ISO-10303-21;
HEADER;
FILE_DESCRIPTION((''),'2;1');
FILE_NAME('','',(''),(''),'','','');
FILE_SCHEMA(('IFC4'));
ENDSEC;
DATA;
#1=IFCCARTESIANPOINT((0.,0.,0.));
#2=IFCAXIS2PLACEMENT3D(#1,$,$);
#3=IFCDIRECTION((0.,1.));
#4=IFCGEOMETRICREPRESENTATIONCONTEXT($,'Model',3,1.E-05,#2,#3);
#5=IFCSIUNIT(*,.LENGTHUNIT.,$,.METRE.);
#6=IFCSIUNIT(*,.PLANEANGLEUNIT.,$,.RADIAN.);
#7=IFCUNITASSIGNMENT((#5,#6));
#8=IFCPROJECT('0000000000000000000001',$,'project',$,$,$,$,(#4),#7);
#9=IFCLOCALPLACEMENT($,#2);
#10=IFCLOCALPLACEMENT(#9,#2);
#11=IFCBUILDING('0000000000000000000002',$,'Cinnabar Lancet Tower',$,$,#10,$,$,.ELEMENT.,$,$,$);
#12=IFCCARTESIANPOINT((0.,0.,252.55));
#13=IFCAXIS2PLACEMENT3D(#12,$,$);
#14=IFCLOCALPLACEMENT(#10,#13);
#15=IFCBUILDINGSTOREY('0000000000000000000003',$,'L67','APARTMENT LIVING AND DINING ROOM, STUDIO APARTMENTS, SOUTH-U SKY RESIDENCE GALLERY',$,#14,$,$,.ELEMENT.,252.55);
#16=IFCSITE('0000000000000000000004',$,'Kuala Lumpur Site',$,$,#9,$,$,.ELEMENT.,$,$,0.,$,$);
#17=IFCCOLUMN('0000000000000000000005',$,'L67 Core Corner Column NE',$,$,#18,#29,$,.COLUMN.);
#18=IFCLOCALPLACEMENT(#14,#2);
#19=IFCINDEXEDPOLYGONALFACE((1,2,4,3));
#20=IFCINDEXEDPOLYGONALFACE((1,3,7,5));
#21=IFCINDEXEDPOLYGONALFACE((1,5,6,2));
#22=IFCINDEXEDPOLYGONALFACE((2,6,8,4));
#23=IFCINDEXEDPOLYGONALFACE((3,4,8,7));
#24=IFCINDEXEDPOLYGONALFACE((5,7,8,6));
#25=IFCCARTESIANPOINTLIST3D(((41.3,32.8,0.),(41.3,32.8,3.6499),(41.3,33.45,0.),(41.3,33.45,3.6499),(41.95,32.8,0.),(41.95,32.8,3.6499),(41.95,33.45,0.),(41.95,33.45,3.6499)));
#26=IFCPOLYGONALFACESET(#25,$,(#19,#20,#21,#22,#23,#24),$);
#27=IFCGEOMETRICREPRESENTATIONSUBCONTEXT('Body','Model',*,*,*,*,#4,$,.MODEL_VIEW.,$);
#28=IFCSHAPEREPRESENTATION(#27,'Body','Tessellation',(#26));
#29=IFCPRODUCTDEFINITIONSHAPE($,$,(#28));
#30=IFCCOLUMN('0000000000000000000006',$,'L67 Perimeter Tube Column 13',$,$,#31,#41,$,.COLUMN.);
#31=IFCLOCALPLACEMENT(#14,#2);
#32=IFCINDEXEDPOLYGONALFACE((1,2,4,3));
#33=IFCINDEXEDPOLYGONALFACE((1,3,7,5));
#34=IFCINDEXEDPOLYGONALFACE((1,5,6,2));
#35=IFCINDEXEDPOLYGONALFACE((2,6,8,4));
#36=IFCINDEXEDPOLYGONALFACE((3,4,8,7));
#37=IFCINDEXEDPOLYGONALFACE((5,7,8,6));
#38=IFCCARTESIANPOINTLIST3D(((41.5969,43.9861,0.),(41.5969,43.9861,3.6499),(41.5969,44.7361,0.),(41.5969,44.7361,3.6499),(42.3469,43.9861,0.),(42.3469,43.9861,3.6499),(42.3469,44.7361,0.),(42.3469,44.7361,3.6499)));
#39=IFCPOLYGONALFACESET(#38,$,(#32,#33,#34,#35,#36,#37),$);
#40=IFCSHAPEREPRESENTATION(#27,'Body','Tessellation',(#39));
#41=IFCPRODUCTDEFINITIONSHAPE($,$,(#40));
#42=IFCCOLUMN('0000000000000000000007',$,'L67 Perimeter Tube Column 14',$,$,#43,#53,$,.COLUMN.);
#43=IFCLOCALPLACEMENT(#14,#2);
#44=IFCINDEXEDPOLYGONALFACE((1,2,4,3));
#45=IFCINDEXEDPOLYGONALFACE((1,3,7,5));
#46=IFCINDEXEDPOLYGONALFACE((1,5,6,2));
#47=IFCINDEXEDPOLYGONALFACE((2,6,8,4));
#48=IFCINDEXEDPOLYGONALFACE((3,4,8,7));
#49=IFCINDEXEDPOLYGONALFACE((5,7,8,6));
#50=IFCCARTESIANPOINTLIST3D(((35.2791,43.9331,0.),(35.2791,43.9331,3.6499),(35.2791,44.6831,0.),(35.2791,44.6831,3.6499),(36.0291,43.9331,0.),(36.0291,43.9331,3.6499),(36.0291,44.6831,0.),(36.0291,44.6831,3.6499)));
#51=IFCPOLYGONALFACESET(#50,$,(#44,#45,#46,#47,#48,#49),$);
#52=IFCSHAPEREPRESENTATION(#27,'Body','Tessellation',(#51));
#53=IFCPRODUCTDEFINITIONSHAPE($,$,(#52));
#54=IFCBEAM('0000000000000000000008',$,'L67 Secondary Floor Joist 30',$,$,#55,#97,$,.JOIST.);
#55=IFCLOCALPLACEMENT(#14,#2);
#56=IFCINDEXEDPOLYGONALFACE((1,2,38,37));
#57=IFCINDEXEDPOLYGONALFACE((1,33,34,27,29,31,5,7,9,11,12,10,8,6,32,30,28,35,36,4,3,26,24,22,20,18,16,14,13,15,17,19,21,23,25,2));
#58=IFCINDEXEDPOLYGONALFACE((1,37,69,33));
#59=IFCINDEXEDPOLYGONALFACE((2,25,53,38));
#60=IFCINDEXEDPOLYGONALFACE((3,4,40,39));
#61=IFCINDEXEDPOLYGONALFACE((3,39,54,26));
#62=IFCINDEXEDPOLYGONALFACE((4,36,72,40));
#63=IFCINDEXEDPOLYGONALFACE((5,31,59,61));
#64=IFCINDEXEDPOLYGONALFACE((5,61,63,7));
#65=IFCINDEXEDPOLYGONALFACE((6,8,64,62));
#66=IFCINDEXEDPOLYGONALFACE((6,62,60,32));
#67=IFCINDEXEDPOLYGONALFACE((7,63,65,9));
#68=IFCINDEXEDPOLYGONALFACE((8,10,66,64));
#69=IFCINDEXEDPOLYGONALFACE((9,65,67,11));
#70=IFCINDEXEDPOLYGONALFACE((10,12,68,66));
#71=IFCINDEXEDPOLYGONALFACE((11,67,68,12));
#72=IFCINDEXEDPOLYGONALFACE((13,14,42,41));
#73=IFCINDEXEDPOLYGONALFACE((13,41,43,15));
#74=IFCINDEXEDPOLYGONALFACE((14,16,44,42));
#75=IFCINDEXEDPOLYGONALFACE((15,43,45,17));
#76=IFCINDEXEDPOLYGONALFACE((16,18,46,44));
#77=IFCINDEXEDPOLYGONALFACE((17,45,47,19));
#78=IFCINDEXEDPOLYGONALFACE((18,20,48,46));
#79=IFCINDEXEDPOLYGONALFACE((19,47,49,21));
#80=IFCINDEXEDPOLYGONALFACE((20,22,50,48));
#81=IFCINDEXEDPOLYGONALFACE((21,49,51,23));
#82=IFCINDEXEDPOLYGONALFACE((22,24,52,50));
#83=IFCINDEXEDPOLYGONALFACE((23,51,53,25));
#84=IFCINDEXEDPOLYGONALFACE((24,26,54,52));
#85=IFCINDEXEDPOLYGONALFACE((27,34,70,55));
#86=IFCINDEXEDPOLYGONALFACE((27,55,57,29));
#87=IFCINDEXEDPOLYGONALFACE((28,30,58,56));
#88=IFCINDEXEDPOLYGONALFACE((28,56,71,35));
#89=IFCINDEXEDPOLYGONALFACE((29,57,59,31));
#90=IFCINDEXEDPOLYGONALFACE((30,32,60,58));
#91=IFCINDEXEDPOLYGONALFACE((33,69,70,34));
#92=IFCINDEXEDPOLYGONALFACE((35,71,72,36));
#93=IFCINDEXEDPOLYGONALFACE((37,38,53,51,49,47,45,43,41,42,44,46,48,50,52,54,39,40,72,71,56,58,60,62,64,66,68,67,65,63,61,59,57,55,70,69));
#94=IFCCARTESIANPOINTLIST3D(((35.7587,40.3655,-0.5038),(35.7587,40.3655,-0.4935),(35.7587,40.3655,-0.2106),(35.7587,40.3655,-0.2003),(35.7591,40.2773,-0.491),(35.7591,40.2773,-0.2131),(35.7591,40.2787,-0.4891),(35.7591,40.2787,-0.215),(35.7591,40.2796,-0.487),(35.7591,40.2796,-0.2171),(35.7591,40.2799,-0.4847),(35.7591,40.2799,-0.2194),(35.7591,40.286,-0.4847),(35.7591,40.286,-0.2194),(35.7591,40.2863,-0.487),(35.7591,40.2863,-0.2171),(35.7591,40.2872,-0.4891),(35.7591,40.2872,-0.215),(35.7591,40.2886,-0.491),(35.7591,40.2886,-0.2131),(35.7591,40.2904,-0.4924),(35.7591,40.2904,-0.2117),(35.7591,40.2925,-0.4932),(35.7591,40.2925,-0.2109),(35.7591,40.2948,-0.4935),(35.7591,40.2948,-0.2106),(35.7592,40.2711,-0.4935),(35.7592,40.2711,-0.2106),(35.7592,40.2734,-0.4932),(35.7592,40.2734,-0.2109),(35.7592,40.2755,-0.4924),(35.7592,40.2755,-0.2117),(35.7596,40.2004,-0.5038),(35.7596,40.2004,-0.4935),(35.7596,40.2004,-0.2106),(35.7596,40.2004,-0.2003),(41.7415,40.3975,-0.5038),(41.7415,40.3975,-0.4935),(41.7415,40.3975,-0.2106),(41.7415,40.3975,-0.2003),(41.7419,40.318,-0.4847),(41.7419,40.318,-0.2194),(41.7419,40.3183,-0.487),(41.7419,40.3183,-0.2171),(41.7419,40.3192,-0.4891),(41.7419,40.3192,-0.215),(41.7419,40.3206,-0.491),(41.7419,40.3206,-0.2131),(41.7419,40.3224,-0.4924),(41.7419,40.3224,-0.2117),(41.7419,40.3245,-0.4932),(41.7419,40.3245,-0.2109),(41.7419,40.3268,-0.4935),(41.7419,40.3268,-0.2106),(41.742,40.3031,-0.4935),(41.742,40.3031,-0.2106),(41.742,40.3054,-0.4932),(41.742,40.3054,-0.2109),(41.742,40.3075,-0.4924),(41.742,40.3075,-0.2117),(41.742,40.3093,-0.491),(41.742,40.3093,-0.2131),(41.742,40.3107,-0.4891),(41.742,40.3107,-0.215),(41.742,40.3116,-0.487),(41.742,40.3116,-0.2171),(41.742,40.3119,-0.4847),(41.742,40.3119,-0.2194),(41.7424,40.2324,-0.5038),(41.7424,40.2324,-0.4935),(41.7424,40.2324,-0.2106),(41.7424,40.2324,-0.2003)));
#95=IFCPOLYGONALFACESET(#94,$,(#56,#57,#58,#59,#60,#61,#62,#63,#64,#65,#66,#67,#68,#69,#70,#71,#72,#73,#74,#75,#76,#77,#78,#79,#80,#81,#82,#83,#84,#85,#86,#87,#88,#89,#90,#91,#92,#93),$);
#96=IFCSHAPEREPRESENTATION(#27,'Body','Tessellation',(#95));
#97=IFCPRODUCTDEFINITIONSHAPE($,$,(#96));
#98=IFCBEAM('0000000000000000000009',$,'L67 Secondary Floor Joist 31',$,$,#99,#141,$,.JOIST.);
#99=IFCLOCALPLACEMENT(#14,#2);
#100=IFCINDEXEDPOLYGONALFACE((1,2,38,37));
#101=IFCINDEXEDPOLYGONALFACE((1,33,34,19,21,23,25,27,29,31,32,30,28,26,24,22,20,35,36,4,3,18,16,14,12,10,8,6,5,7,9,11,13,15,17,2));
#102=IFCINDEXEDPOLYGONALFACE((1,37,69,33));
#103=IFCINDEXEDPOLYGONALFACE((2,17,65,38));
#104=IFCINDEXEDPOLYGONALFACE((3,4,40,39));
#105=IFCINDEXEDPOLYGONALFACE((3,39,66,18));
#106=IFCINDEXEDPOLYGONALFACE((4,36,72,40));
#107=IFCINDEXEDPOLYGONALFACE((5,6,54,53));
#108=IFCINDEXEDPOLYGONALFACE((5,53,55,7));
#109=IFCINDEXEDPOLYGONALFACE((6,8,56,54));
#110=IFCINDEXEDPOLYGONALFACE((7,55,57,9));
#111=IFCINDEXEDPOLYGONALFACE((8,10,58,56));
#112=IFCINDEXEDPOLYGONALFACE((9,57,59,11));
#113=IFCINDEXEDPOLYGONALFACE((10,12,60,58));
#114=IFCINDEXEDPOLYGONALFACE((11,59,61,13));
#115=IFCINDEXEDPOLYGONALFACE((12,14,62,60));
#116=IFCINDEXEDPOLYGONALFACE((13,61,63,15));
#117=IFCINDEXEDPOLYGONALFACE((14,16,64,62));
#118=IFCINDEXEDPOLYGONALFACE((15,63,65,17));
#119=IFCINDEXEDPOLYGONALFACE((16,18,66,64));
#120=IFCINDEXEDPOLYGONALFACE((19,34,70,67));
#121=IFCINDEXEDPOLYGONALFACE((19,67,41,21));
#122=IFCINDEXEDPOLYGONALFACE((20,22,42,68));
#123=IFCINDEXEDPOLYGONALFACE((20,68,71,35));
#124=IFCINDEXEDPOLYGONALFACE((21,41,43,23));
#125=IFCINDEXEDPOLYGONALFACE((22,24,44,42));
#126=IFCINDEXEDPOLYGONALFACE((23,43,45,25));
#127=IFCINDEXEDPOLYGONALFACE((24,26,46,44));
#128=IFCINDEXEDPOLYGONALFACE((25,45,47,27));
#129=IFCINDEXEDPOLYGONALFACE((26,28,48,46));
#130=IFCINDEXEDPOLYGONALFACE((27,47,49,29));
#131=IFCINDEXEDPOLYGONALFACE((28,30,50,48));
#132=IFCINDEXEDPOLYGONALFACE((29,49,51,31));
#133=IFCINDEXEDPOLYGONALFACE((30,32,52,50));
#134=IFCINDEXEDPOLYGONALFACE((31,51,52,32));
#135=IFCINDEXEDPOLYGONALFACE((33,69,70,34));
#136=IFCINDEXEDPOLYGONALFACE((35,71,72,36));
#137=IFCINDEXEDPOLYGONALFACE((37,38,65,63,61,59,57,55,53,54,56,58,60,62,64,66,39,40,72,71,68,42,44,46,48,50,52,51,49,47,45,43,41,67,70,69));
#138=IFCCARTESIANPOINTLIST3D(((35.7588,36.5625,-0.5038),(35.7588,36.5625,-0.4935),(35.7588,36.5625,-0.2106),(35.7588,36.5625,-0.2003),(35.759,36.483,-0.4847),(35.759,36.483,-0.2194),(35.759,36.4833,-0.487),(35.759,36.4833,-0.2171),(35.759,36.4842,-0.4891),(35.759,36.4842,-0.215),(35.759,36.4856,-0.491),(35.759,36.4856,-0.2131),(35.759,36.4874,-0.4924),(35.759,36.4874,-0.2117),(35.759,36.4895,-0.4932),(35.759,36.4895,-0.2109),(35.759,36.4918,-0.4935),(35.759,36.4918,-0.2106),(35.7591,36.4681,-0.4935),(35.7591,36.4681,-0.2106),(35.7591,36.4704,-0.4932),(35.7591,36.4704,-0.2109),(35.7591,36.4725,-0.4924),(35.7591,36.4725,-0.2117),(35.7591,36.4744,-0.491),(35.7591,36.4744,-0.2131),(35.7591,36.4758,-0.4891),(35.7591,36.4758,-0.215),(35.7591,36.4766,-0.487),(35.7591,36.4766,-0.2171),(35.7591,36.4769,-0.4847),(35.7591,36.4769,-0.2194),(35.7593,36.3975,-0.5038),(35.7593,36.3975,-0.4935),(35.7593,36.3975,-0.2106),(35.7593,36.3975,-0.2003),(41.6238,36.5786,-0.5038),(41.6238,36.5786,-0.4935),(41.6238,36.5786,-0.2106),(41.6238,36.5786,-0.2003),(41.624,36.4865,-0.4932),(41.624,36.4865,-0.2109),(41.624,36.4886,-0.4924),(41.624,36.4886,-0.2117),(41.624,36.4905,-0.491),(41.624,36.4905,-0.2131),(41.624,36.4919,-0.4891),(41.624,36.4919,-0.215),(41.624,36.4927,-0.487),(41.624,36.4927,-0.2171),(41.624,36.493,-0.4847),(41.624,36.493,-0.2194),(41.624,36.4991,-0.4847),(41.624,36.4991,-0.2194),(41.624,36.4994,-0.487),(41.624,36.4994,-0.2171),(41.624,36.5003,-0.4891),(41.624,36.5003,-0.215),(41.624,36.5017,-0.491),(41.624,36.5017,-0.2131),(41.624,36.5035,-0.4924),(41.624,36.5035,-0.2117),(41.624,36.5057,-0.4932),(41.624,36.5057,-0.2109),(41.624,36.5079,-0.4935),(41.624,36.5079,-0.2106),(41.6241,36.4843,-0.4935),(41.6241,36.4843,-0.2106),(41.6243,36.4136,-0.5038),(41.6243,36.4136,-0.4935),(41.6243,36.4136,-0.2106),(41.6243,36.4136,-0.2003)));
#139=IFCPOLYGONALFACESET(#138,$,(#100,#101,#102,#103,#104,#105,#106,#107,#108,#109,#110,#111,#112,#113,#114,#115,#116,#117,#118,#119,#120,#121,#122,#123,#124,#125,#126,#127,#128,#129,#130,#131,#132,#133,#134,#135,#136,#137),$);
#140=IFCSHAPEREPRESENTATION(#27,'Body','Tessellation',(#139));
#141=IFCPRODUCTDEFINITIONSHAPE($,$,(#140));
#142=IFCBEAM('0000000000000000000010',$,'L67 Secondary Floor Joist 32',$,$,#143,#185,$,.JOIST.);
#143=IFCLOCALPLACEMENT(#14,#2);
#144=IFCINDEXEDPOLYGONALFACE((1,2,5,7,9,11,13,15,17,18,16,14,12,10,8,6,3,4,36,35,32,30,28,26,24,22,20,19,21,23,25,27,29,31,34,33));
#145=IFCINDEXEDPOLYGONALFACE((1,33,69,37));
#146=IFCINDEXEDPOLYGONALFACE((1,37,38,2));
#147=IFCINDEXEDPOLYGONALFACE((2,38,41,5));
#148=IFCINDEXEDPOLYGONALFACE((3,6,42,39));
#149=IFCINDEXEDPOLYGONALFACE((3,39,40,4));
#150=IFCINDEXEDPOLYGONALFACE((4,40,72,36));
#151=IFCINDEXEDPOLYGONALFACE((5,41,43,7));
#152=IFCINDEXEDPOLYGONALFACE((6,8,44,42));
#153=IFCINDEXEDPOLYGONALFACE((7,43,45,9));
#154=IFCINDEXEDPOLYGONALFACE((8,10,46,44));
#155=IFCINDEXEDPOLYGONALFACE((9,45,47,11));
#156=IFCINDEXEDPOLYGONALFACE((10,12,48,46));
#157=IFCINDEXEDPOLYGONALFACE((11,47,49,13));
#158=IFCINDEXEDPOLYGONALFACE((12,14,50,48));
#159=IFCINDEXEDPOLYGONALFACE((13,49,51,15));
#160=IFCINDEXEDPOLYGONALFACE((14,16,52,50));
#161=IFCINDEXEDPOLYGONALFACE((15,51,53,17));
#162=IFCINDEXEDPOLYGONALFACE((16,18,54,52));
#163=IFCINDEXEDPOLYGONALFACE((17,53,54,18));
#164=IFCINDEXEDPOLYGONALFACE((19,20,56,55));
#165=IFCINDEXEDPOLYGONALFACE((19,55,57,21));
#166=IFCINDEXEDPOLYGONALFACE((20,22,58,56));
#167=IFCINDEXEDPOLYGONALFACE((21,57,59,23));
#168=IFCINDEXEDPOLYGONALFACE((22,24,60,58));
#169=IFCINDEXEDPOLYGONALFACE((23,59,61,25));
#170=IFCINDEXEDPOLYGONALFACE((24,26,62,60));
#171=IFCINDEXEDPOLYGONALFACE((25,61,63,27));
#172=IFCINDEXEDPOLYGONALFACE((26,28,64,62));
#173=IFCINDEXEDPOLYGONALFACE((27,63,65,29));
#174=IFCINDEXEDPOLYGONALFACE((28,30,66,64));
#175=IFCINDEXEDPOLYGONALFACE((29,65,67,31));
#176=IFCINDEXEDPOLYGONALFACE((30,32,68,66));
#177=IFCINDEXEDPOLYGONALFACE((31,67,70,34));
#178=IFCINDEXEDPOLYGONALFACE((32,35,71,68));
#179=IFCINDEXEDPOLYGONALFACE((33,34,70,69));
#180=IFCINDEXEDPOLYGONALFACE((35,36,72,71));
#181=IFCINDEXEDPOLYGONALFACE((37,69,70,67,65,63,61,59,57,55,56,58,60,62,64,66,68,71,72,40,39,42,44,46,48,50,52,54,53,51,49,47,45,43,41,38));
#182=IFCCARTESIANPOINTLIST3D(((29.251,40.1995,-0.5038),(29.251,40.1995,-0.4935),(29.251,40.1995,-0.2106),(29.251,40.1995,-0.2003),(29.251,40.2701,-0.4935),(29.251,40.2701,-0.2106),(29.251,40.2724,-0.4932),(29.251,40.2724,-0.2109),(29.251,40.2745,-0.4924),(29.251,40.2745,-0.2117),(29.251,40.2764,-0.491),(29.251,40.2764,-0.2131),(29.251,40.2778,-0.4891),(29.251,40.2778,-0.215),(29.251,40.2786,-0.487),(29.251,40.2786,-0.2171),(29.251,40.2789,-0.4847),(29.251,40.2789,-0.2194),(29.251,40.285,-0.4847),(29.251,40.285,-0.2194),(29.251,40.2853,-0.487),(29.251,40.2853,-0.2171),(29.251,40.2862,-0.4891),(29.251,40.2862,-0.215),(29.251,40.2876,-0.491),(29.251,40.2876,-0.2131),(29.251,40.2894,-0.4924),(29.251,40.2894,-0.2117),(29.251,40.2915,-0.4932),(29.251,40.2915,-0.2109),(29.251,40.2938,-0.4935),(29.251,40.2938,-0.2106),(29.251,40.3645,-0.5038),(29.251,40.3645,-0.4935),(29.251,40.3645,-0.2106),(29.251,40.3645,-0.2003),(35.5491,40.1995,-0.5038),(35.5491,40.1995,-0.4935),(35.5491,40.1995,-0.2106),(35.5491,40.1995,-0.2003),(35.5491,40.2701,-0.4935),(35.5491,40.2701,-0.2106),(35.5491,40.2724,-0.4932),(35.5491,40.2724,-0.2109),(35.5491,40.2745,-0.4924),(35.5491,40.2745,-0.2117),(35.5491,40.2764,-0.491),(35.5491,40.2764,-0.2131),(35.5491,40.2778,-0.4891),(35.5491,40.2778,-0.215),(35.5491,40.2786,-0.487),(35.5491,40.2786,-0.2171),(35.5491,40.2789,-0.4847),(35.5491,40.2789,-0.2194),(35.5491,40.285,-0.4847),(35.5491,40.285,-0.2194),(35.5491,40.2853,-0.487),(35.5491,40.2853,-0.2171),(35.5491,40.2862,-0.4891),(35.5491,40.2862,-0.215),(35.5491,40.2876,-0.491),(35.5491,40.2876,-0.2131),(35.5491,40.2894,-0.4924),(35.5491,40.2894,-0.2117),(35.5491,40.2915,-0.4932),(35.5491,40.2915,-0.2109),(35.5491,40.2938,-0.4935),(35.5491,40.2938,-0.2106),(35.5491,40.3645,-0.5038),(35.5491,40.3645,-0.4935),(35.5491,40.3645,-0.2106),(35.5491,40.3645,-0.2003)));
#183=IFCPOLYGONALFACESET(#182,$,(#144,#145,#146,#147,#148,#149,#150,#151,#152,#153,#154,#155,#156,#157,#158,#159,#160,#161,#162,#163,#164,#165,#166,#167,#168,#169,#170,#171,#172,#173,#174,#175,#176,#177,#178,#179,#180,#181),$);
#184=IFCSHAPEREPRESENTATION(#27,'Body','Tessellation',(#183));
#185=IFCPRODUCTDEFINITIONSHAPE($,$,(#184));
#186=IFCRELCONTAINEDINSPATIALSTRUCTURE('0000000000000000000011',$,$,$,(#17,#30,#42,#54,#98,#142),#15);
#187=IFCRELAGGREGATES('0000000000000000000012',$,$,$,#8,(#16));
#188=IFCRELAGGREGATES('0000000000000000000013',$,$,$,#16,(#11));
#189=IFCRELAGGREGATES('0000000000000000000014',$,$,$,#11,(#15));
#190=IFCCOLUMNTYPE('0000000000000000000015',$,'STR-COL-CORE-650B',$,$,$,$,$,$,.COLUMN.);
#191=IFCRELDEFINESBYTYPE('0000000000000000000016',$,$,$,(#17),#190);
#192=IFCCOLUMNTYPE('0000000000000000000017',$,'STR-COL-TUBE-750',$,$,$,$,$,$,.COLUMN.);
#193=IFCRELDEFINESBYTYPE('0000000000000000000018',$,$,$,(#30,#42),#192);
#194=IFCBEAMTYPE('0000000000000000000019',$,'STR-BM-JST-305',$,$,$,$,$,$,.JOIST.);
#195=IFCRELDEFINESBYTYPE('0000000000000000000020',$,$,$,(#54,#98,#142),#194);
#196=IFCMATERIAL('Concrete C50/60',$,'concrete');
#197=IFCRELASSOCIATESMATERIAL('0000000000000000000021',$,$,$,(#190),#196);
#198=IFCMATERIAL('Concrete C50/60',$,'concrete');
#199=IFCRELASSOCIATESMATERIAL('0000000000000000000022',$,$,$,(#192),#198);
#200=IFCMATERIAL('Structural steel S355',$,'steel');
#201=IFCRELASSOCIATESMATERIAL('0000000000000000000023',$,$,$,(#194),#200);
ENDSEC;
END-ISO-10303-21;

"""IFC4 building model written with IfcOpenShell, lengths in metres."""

from ifc_helpers import new_model, si_unit, direction, frame, origin, origin_2d, place, context, subcontext, project, spatial, rectangle, i_section, extrude, material, material_profile, profile_set, type_object, element, save


model = new_model("IFC4")

# Units and contexts
model_context = context("Model", 3, precision=1e-05, world=origin(), true_north=direction((0.0, 1.0)))
body_context = subcontext(model_context, "Body", "Model", "MODEL_VIEW")
ifc_project = project(units=[si_unit("LENGTHUNIT", "METRE"), si_unit("PLANEANGLEUNIT", "RADIAN")], contexts=[model_context])

# Site, building, storey
site_placement = place(None, origin())
site = spatial("IfcSite", under=ifc_project, at=site_placement, Name="Kuala Lumpur Site", CompositionType="ELEMENT", RefElevation=0.0)
building_placement = place(site_placement, origin())
building = spatial("IfcBuilding", under=site, at=building_placement, Name="Cinnabar Lancet Tower", CompositionType="ELEMENT")
storey_placement = place(building_placement, frame((0.0, 0.0, 252.55)))
storey = spatial("IfcBuildingStorey", under=building, at=storey_placement, Name="L67", Description="APARTMENT LIVING AND DINING ROOM, STUDIO APARTMENTS, SOUTH-U SKY RESIDENCE GALLERY", CompositionType="ELEMENT", Elevation=252.55)

# Columns
ifc_material_1 = material(Name="Concrete C50/60", Category="concrete")
ifc_material_profile_1 = material_profile(ifc_material_1, rectangle(XDim=0.6499, YDim=0.6499, at=origin_2d()), Name="RC-COL 650x650")
ifc_profile_set_1 = profile_set([ifc_material_profile_1], Name="Concrete C50/60")
column_type_1 = type_object("IfcColumnType", Name="STR-COL-CORE-650B", PredefinedType="COLUMN", material=ifc_profile_set_1)
column_placement = place(storey_placement, frame((41.625, 33.125, 0.0), z_axis=(0.0, 0.0, 1.0), x_axis=(1.0, 0.0, 0.0)))
element("IfcColumn", 1, at=column_placement, inside=storey, type_object=column_type_1, Name="L67 Core Corner Column NE", PredefinedType="COLUMN", context=body_context, shape_type="SweptSolid", body=[
    extrude(rectangle(XDim=0.6499, YDim=0.6499, at=origin_2d()), origin(), (0.0, 0.0, 1.0), 3.6499),
])
ifc_material_2 = material(Name="Concrete C50/60", Category="concrete")
ifc_material_profile_2 = material_profile(ifc_material_2, rectangle(XDim=0.75, YDim=0.75, at=origin_2d()), Name="RC-COL 750x750")
ifc_profile_set_2 = profile_set([ifc_material_profile_2], Name="Concrete C50/60")
column_type_2 = type_object("IfcColumnType", Name="STR-COL-TUBE-750", PredefinedType="COLUMN", material=ifc_profile_set_2)
for number, where, z_axis, x_axis, name in (
    (2, (41.9719, 44.3611, 0.0), (0.0, 0.0, 1.0), (1.0, 0.0, 0.0), "L67 Perimeter Tube Column 13"),
    (3, (35.6541, 44.3081, 0.0), (0.0, 0.0, 1.0), (1.0, 0.0, 0.0), "L67 Perimeter Tube Column 14"),
):
    element("IfcColumn", number, at=place(storey_placement, frame(where, z_axis=z_axis, x_axis=x_axis)), inside=storey, type_object=column_type_2, Name=name, PredefinedType="COLUMN", context=body_context, shape_type="SweptSolid", body=[
        extrude(rectangle(XDim=0.75, YDim=0.75, at=origin_2d()), origin(), (0.0, 0.0, 1.0), 3.6499),
    ])

# Beams
ifc_material_3 = material(Name="Structural steel S355", Category="steel")
ifc_material_profile_3 = material_profile(ifc_material_3, i_section(OverallWidth=0.165, OverallDepth=0.3035, WebThickness=0.0061, FlangeThickness=0.0103, FilletRadius=0.0088, at=origin_2d()), Name="UKB 305x165x40")
ifc_profile_set_3 = profile_set([ifc_material_profile_3], Name="Structural steel S355")
beam_type_1 = type_object("IfcBeamType", Name="STR-BM-JST-305", PredefinedType="JOIST", material=ifc_profile_set_3)
beam_1_placement = place(storey_placement, frame((41.7419, 40.3149, -0.3521), z_axis=(-0.999986, -0.005346, 0.0), x_axis=(0.005346, -0.999986, 0.0)))
element("IfcBeam", 4, at=beam_1_placement, inside=storey, type_object=beam_type_1, Name="L67 Secondary Floor Joist 30", PredefinedType="JOIST", context=body_context, shape_type="SweptSolid", body=[
    extrude(i_section(OverallWidth=0.165, OverallDepth=0.3035, WebThickness=0.0061, FlangeThickness=0.0103, FilletRadius=0.0088, at=origin_2d()), origin(), (0.0, 0.0, 1.0), 5.9829),
])
beam_2_placement = place(storey_placement, frame((41.624, 36.4961, -0.3521), z_axis=(-0.999996, -0.002747, 0.0), x_axis=(0.002747, -0.999996, 0.0)))
element("IfcBeam", 5, at=beam_2_placement, inside=storey, type_object=beam_type_1, Name="L67 Secondary Floor Joist 31", PredefinedType="JOIST", context=body_context, shape_type="SweptSolid", body=[
    extrude(i_section(OverallWidth=0.165, OverallDepth=0.3035, WebThickness=0.0061, FlangeThickness=0.0103, FilletRadius=0.0088, at=origin_2d()), origin(), (0.0, 0.0, 1.0), 5.865),
])
for number, where, z_axis, x_axis, name in (
    (6, (35.5491, 40.282, -0.3521), (-1.0, 0.0, 0.0), (0.0, -1.0, 0.0), "L67 Secondary Floor Joist 32"),
):
    element("IfcBeam", number, at=place(storey_placement, frame(where, z_axis=z_axis, x_axis=x_axis)), inside=storey, type_object=beam_type_1, Name=name, PredefinedType="JOIST", context=body_context, shape_type="SweptSolid", body=[
        extrude(i_section(OverallWidth=0.165, OverallDepth=0.3035, WebThickness=0.0061, FlangeThickness=0.0103, FilletRadius=0.0088, at=origin_2d()), origin(), (0.0, 0.0, 1.0), 6.2981),
    ])

save(model, "model.ifc")
